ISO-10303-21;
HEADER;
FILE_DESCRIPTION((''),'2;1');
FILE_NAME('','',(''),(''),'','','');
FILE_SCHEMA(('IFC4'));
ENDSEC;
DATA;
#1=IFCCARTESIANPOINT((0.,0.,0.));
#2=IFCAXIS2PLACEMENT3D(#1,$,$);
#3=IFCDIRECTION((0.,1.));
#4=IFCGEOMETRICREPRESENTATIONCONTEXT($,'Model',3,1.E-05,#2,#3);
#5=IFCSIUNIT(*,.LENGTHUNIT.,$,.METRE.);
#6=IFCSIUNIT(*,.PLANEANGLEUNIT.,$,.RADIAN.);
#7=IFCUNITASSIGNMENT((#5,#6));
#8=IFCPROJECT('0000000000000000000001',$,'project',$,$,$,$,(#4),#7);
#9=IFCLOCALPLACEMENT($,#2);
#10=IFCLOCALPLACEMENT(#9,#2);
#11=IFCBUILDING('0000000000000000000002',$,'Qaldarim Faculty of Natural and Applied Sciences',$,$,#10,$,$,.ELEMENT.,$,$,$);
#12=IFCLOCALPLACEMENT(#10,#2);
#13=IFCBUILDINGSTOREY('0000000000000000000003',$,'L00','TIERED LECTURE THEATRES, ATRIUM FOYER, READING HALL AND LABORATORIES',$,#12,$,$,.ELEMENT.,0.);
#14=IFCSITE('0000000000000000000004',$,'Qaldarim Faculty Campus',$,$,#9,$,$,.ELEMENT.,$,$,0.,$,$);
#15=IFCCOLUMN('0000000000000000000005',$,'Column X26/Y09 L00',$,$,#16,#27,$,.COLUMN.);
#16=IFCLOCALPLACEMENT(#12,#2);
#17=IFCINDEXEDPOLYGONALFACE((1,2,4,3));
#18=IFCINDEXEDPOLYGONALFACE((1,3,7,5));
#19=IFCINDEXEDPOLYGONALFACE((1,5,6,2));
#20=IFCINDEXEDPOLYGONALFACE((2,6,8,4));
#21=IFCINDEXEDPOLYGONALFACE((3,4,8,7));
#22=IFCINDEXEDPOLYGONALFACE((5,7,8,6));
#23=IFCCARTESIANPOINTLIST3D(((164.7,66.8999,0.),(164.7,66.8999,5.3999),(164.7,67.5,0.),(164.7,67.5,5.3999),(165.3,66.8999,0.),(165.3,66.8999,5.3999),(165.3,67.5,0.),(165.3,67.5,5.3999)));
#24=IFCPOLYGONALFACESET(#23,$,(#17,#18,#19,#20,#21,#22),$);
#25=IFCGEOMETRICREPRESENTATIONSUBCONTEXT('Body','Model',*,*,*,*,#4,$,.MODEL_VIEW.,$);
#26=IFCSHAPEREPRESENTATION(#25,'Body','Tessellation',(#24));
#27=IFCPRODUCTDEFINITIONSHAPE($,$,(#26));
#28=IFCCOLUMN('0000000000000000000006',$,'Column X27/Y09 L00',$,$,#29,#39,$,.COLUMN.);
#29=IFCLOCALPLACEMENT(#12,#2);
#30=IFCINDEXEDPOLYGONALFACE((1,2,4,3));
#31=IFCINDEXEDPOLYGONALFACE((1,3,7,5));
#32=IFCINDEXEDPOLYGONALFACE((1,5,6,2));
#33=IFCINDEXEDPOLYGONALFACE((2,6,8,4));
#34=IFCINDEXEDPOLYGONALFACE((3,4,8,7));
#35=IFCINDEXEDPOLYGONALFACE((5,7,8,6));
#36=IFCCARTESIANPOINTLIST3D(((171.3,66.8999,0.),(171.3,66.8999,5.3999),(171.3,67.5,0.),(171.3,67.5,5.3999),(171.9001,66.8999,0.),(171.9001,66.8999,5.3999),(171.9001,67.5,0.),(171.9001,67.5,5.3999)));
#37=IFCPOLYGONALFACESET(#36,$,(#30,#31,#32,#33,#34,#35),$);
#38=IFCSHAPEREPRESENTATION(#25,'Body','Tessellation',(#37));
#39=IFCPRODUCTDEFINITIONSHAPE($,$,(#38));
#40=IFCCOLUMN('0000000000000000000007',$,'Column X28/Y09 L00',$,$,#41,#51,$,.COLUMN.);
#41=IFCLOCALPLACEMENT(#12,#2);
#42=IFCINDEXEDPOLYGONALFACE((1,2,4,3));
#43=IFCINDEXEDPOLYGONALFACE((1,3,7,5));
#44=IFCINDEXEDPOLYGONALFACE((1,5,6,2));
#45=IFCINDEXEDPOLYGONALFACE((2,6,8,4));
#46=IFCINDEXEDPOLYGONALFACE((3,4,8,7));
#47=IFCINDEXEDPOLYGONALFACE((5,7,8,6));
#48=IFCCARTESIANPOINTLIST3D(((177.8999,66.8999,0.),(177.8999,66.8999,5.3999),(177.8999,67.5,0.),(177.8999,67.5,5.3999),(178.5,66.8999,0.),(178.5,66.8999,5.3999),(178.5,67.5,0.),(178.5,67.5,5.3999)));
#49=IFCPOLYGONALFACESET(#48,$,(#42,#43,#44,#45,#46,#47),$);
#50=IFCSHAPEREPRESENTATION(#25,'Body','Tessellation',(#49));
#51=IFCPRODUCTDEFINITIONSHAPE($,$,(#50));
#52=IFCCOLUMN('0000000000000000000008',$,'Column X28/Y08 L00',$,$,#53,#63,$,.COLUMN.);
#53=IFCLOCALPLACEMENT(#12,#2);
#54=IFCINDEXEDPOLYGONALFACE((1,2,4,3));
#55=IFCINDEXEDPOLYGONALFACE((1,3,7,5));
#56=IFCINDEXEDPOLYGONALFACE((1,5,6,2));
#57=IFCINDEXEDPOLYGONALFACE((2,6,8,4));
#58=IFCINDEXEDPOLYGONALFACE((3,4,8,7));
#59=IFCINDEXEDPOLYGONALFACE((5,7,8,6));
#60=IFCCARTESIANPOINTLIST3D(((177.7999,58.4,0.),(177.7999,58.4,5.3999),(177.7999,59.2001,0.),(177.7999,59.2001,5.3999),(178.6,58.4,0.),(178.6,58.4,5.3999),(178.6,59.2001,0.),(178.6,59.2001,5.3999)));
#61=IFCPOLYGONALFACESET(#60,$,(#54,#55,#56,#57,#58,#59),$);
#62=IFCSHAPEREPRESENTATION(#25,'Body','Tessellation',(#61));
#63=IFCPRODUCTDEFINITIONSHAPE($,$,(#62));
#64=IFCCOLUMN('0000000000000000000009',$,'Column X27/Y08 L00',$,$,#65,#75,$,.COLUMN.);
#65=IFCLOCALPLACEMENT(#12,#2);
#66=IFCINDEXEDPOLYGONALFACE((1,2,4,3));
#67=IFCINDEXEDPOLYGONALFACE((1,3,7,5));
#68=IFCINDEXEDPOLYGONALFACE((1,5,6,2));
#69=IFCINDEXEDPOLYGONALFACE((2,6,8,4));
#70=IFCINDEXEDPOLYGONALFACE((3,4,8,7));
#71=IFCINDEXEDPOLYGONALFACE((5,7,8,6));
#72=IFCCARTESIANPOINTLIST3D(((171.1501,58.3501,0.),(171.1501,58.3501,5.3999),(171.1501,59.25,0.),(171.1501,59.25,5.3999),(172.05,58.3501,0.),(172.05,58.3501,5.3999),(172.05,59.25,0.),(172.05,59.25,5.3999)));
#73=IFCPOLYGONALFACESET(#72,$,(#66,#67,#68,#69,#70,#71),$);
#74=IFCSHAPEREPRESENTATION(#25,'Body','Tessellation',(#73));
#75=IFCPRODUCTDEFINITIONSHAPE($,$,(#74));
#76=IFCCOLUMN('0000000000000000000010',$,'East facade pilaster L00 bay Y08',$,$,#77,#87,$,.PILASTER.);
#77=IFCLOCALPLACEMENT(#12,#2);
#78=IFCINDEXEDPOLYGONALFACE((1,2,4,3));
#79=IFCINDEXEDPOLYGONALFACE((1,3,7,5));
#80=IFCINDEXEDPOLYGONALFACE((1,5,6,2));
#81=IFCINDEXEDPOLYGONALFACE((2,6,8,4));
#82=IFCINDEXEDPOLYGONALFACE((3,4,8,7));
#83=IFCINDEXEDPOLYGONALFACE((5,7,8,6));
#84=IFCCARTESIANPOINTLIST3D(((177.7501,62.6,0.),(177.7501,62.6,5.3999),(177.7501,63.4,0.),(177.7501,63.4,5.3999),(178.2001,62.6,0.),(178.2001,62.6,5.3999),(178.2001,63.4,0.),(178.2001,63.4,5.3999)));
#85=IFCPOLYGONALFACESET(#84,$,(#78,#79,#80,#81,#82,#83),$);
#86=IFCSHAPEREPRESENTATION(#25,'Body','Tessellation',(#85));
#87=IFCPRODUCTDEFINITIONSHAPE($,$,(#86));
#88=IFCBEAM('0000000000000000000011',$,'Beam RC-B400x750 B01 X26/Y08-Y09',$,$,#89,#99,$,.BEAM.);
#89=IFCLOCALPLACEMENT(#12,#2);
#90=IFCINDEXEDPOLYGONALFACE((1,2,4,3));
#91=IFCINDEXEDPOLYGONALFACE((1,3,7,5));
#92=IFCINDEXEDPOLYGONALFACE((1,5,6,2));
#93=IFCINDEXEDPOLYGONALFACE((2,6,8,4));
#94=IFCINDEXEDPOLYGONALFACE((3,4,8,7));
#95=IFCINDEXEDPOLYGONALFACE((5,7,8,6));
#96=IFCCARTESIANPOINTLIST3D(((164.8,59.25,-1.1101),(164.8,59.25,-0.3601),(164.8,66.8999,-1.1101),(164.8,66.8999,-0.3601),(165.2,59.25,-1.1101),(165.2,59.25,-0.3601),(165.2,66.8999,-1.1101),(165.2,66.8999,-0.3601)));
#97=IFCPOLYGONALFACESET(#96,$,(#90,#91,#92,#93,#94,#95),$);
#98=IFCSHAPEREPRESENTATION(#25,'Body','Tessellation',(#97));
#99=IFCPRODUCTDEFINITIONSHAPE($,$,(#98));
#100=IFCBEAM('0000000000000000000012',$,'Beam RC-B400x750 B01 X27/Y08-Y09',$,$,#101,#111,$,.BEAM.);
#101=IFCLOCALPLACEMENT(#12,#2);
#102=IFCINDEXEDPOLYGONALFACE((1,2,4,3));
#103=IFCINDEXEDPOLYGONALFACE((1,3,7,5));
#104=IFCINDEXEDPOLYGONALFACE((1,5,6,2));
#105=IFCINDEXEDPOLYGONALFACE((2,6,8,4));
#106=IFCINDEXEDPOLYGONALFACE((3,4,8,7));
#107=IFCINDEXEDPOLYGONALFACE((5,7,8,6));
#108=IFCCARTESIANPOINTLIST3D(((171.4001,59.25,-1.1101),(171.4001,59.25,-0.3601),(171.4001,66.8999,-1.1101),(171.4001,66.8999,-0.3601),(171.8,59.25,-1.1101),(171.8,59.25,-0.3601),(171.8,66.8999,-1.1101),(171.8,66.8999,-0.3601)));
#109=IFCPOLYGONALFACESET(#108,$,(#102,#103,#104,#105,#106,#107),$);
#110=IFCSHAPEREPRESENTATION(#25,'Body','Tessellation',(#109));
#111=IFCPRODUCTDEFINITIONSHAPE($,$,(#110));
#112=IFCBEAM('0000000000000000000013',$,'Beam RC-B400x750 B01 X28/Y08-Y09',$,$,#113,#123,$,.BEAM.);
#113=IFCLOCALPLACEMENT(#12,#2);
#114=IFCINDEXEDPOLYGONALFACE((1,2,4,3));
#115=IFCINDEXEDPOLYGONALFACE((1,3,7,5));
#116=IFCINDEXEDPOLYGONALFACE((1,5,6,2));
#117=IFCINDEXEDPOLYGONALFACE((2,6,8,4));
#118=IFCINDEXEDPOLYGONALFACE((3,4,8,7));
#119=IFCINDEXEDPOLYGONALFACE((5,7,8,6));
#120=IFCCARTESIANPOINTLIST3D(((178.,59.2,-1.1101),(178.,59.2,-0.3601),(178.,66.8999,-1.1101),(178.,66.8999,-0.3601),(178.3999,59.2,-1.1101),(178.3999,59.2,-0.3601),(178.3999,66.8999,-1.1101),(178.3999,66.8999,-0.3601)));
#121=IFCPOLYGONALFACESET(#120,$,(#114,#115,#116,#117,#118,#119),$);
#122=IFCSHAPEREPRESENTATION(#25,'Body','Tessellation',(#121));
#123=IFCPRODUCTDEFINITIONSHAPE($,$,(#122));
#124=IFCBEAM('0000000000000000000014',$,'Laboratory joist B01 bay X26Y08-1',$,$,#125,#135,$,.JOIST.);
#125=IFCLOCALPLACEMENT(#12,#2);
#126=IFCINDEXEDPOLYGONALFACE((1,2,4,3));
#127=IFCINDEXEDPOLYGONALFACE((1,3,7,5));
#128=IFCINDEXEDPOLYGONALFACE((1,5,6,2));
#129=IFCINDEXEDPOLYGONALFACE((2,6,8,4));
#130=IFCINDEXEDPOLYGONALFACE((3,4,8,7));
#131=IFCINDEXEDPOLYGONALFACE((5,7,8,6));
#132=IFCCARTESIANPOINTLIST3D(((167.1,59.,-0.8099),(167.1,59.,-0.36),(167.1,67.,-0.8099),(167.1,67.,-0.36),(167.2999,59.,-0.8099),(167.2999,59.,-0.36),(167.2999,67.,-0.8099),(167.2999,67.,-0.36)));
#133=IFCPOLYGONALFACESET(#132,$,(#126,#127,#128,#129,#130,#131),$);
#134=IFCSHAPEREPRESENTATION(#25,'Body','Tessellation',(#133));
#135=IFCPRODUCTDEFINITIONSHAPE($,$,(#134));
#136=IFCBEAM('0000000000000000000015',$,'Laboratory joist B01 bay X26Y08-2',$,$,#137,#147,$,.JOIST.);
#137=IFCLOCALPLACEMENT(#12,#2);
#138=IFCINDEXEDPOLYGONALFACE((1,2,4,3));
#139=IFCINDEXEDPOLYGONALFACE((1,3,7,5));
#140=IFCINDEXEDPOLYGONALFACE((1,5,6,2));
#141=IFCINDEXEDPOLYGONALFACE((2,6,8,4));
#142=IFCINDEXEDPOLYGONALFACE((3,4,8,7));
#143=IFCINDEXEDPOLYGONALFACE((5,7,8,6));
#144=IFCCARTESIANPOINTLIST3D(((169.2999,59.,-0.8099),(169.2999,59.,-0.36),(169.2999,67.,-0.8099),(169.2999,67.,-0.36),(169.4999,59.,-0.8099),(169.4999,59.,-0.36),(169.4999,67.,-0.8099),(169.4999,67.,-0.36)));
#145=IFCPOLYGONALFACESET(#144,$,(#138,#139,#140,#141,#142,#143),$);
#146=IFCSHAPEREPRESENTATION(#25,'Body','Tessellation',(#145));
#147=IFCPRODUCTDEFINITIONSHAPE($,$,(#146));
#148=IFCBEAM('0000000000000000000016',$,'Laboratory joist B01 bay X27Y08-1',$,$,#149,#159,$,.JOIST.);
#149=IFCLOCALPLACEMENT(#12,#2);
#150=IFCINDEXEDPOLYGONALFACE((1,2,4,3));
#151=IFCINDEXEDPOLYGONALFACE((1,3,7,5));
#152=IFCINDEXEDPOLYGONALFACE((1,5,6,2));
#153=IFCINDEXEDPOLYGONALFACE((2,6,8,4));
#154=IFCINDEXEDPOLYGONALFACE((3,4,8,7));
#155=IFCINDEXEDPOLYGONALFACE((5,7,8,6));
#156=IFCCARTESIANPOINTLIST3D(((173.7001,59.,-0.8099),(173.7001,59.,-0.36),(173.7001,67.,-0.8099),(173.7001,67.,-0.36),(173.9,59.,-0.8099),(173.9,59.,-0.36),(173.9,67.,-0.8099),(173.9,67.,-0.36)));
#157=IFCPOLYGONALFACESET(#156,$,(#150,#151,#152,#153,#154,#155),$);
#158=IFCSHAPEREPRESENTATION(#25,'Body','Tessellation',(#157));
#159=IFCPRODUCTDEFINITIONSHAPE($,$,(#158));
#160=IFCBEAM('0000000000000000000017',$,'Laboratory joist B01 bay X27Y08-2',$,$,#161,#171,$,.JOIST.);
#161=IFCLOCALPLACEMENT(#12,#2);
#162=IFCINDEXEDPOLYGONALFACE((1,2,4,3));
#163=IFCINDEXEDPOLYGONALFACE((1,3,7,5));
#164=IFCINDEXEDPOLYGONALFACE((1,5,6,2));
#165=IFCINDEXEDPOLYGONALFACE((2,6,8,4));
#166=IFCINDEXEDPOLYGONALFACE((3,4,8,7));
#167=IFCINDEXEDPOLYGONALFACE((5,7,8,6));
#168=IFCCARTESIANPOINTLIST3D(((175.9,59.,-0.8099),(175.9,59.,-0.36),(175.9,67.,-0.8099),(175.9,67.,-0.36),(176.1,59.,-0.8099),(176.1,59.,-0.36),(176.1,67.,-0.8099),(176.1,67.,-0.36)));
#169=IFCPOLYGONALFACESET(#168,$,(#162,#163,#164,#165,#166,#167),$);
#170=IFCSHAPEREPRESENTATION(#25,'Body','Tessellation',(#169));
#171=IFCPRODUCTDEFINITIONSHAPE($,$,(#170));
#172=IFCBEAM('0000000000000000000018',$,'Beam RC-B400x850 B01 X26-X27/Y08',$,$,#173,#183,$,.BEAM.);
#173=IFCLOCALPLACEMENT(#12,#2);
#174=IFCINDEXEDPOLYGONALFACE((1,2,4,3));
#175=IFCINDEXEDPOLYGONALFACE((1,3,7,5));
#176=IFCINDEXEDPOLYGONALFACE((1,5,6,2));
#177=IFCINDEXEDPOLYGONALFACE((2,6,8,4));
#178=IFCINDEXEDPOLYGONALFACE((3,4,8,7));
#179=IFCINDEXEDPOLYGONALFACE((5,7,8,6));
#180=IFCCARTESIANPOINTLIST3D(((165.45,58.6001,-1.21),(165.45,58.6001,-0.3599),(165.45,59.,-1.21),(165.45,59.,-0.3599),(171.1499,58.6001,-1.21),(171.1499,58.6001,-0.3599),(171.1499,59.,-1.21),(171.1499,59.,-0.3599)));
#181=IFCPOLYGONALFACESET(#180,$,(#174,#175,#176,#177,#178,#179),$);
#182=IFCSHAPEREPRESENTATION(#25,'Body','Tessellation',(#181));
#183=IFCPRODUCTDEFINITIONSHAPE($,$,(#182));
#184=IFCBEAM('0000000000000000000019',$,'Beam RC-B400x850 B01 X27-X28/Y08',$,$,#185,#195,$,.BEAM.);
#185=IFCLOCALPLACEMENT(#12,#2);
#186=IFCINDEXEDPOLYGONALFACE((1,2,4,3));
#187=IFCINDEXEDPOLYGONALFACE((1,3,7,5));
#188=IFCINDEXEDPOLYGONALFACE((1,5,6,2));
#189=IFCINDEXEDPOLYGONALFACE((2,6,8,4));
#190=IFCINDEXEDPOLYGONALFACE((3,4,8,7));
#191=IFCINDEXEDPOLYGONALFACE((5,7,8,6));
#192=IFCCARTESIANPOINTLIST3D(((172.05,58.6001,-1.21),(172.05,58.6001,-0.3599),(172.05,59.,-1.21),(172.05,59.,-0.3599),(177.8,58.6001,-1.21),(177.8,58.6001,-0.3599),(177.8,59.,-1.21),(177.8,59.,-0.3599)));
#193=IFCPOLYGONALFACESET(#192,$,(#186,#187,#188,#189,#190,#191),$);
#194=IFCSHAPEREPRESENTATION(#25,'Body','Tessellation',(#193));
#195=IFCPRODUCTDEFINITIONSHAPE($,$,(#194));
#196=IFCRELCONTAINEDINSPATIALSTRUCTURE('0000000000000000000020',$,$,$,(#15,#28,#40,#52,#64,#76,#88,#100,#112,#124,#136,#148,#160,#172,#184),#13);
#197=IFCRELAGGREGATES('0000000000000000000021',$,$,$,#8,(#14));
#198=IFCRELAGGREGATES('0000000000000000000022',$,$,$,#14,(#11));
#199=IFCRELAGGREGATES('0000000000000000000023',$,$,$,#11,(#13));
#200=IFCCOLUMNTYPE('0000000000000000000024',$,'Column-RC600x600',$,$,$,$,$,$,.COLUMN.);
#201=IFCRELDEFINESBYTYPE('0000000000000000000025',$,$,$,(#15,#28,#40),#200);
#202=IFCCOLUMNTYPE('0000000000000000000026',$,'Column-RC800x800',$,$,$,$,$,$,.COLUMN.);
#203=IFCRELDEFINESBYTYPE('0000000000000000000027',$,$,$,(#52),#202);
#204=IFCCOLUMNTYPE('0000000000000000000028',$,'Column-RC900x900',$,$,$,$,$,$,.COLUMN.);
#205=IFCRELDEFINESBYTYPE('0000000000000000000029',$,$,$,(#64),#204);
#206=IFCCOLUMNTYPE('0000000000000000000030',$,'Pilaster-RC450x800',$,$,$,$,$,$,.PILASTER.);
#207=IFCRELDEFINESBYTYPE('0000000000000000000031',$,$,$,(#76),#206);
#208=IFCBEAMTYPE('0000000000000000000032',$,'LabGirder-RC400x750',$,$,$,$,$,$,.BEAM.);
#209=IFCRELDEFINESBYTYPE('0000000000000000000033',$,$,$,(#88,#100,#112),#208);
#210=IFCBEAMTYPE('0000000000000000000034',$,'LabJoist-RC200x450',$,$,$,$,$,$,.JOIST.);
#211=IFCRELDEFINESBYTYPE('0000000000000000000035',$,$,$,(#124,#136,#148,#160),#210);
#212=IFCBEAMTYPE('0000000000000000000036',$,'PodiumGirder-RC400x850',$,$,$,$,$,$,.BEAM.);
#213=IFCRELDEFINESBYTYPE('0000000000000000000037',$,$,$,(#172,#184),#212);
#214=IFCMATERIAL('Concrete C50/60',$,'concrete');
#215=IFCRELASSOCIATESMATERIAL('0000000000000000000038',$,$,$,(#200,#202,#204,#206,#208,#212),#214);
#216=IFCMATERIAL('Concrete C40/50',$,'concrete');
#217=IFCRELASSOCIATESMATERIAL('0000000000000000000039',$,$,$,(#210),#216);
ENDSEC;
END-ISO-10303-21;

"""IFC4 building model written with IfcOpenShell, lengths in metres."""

from ifc_helpers import new_model, si_unit, direction, frame, origin, origin_2d, place, context, subcontext, project, spatial, rectangle, extrude, material, material_profile, profile_set, type_object, element, save


model = new_model("IFC4")

# Units and contexts
model_context = context("Model", 3, precision=1e-05, world=origin(), true_north=direction((0.0, 1.0)))
body_context = subcontext(model_context, "Body", "Model", "MODEL_VIEW")
ifc_project = project(units=[si_unit("LENGTHUNIT", "METRE"), si_unit("PLANEANGLEUNIT", "RADIAN")], contexts=[model_context])

# Site, building, storey
site_placement = place(None, origin())
site = spatial("IfcSite", under=ifc_project, at=site_placement, Name="Qaldarim Faculty Campus", CompositionType="ELEMENT", RefElevation=0.0)
building_placement = place(site_placement, origin())
building = spatial("IfcBuilding", under=site, at=building_placement, Name="Qaldarim Faculty of Natural and Applied Sciences", CompositionType="ELEMENT")
storey_placement = place(building_placement, origin())
storey = spatial("IfcBuildingStorey", under=building, at=storey_placement, Name="L00", Description="TIERED LECTURE THEATRES, ATRIUM FOYER, READING HALL AND LABORATORIES", CompositionType="ELEMENT", Elevation=0.0)

# Columns
ifc_material_1 = material(Name="Concrete C50/60", Category="concrete")
ifc_material_profile_1 = material_profile(ifc_material_1, rectangle(XDim=0.6001, YDim=0.6001, at=origin_2d()), Name="RC-C600x600")
ifc_profile_set_1 = profile_set([ifc_material_profile_1], Name="Concrete C50/60")
column_type_1 = type_object("IfcColumnType", Name="Column-RC600x600", PredefinedType="COLUMN", material=ifc_profile_set_1)
for number, where, z_axis, x_axis, name in (
    (1, (165.0, 67.2, 0.0), (0.0, 0.0, 1.0), (1.0, 0.0, 0.0), "Column X26/Y09 L00"),
    (2, (171.6001, 67.2, 0.0), (0.0, 0.0, 1.0), (1.0, 0.0, 0.0), "Column X27/Y09 L00"),
    (3, (178.2, 67.2, 0.0), (0.0, 0.0, 1.0), (1.0, 0.0, 0.0), "Column X28/Y09 L00"),
):
    element("IfcColumn", number, at=place(storey_placement, frame(where, z_axis=z_axis, x_axis=x_axis)), inside=storey, type_object=column_type_1, Name=name, PredefinedType="COLUMN", context=body_context, shape_type="SweptSolid", body=[
        extrude(rectangle(XDim=0.6001, YDim=0.6001, at=origin_2d()), origin(), (0.0, 0.0, 1.0), 5.3999),
    ])
ifc_material_profile_2 = material_profile(ifc_material_1, rectangle(XDim=0.8, YDim=0.8, at=origin_2d()), Name="RC-C800x800")
ifc_profile_set_2 = profile_set([ifc_material_profile_2], Name="Concrete C50/60")
column_type_2 = type_object("IfcColumnType", Name="Column-RC800x800", PredefinedType="COLUMN", material=ifc_profile_set_2)
column_1_placement = place(storey_placement, frame((178.2, 58.8, 0.0), z_axis=(0.0, 0.0, 1.0), x_axis=(1.0, 0.0, 0.0)))
element("IfcColumn", 4, at=column_1_placement, inside=storey, type_object=column_type_2, Name="Column X28/Y08 L00", PredefinedType="COLUMN", context=body_context, shape_type="SweptSolid", body=[
    extrude(rectangle(XDim=0.8, YDim=0.8, at=origin_2d()), origin(), (0.0, 0.0, 1.0), 5.3999),
])
ifc_material_profile_3 = material_profile(ifc_material_1, rectangle(XDim=0.8999, YDim=0.8999, at=origin_2d()), Name="RC-C900x900")
ifc_profile_set_3 = profile_set([ifc_material_profile_3], Name="Concrete C50/60")
column_type_3 = type_object("IfcColumnType", Name="Column-RC900x900", PredefinedType="COLUMN", material=ifc_profile_set_3)
column_2_placement = place(storey_placement, frame((171.6001, 58.8, 0.0), z_axis=(0.0, 0.0, 1.0), x_axis=(1.0, 0.0, 0.0)))
element("IfcColumn", 5, at=column_2_placement, inside=storey, type_object=column_type_3, Name="Column X27/Y08 L00", PredefinedType="COLUMN", context=body_context, shape_type="SweptSolid", body=[
    extrude(rectangle(XDim=0.8999, YDim=0.8999, at=origin_2d()), origin(), (0.0, 0.0, 1.0), 5.3999),
])
ifc_material_profile_4 = material_profile(ifc_material_1, rectangle(XDim=0.45, YDim=0.8, at=origin_2d()), Name="RC-C450x800")
ifc_profile_set_4 = profile_set([ifc_material_profile_4], Name="Concrete C50/60")
column_type_4 = type_object("IfcColumnType", Name="Pilaster-RC450x800", PredefinedType="PILASTER", material=ifc_profile_set_4)
column_3_placement = place(storey_placement, frame((177.9751, 63.0, 0.0), z_axis=(0.0, 0.0, 1.0), x_axis=(1.0, 0.0, 0.0)))
element("IfcColumn", 6, at=column_3_placement, inside=storey, type_object=column_type_4, Name="East facade pilaster L00 bay Y08", PredefinedType="PILASTER", context=body_context, shape_type="SweptSolid", body=[
    extrude(rectangle(XDim=0.45, YDim=0.8, at=origin_2d()), origin(), (0.0, 0.0, 1.0), 5.3999),
])

# Beams
ifc_material_profile_5 = material_profile(ifc_material_1, rectangle(XDim=0.3999, YDim=0.75, at=origin_2d()), Name="RC-B400x750")
ifc_profile_set_5 = profile_set([ifc_material_profile_5], Name="Concrete C50/60")
beam_type_1 = type_object("IfcBeamType", Name="LabGirder-RC400x750", PredefinedType="BEAM", material=ifc_profile_set_5)
for number, where, z_axis, x_axis, name in (
    (7, (165.0, 59.25, -0.7351), (0.0, 1.0, 0.0), (-1.0, 0.0, 0.0), "Beam RC-B400x750 B01 X26/Y08-Y09"),
    (8, (171.6001, 59.25, -0.7351), (0.0, 1.0, 0.0), (-1.0, 0.0, 0.0), "Beam RC-B400x750 B01 X27/Y08-Y09"),
):
    element("IfcBeam", number, at=place(storey_placement, frame(where, z_axis=z_axis, x_axis=x_axis)), inside=storey, type_object=beam_type_1, Name=name, PredefinedType="BEAM", context=body_context, shape_type="SweptSolid", body=[
        extrude(rectangle(XDim=0.3999, YDim=0.75, at=origin_2d()), origin(), (0.0, 0.0, 1.0), 7.6499),
    ])
beam_1_placement = place(storey_placement, frame((178.2, 59.2, -0.7351), z_axis=(0.0, 1.0, 0.0), x_axis=(-1.0, 0.0, 0.0)))
element("IfcBeam", 9, at=beam_1_placement, inside=storey, type_object=beam_type_1, Name="Beam RC-B400x750 B01 X28/Y08-Y09", PredefinedType="BEAM", context=body_context, shape_type="SweptSolid", body=[
    extrude(rectangle(XDim=0.3999, YDim=0.75, at=origin_2d()), origin(), (0.0, 0.0, 1.0), 7.7),
])
ifc_material_2 = material(Name="Concrete C40/50", Category="concrete")
ifc_material_profile_6 = material_profile(ifc_material_2, rectangle(XDim=0.2, YDim=0.45, at=origin_2d()), Name="RC-J200x450")
ifc_profile_set_6 = profile_set([ifc_material_profile_6], Name="Concrete C40/50")
beam_type_2 = type_object("IfcBeamType", Name="LabJoist-RC200x450", PredefinedType="JOIST", material=ifc_profile_set_6)
for number, where, z_axis, x_axis, name in (
    (10, (167.2, 59.0, -0.585), (0.0, 1.0, 0.0), (-1.0, 0.0, 0.0), "Laboratory joist B01 bay X26Y08-1"),
    (11, (169.3999, 59.0, -0.585), (0.0, 1.0, 0.0), (-1.0, 0.0, 0.0), "Laboratory joist B01 bay X26Y08-2"),
    (12, (173.8, 59.0, -0.585), (0.0, 1.0, 0.0), (-1.0, 0.0, 0.0), "Laboratory joist B01 bay X27Y08-1"),
    (13, (176.0, 59.0, -0.585), (0.0, 1.0, 0.0), (-1.0, 0.0, 0.0), "Laboratory joist B01 bay X27Y08-2"),
):
    element("IfcBeam", number, at=place(storey_placement, frame(where, z_axis=z_axis, x_axis=x_axis)), inside=storey, type_object=beam_type_2, Name=name, PredefinedType="JOIST", context=body_context, shape_type="SweptSolid", body=[
        extrude(rectangle(XDim=0.2, YDim=0.45, at=origin_2d()), origin(), (0.0, 0.0, 1.0), 8.0),
    ])
ifc_material_profile_7 = material_profile(ifc_material_1, rectangle(XDim=0.3999, YDim=0.8501, at=origin_2d()), Name="RC-B400x850")
ifc_profile_set_7 = profile_set([ifc_material_profile_7], Name="Concrete C50/60")
beam_type_3 = type_object("IfcBeamType", Name="PodiumGirder-RC400x850", PredefinedType="BEAM", material=ifc_profile_set_7)
beam_2_placement = place(storey_placement, frame((165.45, 58.8, -0.7849), z_axis=(1.0, 0.0, 0.0), x_axis=(0.0, 1.0, 0.0)))
element("IfcBeam", 14, at=beam_2_placement, inside=storey, type_object=beam_type_3, Name="Beam RC-B400x850 B01 X26-X27/Y08", PredefinedType="BEAM", context=body_context, shape_type="SweptSolid", body=[
    extrude(rectangle(XDim=0.3999, YDim=0.8501, at=origin_2d()), origin(), (0.0, 0.0, 1.0), 5.7),
])
beam_3_placement = place(storey_placement, frame((172.05, 58.8, -0.7849), z_axis=(1.0, 0.0, 0.0), x_axis=(0.0, 1.0, 0.0)))
element("IfcBeam", 15, at=beam_3_placement, inside=storey, type_object=beam_type_3, Name="Beam RC-B400x850 B01 X27-X28/Y08", PredefinedType="BEAM", context=body_context, shape_type="SweptSolid", body=[
    extrude(rectangle(XDim=0.3999, YDim=0.8501, at=origin_2d()), origin(), (0.0, 0.0, 1.0), 5.75),
])

save(model, "model.ifc")
